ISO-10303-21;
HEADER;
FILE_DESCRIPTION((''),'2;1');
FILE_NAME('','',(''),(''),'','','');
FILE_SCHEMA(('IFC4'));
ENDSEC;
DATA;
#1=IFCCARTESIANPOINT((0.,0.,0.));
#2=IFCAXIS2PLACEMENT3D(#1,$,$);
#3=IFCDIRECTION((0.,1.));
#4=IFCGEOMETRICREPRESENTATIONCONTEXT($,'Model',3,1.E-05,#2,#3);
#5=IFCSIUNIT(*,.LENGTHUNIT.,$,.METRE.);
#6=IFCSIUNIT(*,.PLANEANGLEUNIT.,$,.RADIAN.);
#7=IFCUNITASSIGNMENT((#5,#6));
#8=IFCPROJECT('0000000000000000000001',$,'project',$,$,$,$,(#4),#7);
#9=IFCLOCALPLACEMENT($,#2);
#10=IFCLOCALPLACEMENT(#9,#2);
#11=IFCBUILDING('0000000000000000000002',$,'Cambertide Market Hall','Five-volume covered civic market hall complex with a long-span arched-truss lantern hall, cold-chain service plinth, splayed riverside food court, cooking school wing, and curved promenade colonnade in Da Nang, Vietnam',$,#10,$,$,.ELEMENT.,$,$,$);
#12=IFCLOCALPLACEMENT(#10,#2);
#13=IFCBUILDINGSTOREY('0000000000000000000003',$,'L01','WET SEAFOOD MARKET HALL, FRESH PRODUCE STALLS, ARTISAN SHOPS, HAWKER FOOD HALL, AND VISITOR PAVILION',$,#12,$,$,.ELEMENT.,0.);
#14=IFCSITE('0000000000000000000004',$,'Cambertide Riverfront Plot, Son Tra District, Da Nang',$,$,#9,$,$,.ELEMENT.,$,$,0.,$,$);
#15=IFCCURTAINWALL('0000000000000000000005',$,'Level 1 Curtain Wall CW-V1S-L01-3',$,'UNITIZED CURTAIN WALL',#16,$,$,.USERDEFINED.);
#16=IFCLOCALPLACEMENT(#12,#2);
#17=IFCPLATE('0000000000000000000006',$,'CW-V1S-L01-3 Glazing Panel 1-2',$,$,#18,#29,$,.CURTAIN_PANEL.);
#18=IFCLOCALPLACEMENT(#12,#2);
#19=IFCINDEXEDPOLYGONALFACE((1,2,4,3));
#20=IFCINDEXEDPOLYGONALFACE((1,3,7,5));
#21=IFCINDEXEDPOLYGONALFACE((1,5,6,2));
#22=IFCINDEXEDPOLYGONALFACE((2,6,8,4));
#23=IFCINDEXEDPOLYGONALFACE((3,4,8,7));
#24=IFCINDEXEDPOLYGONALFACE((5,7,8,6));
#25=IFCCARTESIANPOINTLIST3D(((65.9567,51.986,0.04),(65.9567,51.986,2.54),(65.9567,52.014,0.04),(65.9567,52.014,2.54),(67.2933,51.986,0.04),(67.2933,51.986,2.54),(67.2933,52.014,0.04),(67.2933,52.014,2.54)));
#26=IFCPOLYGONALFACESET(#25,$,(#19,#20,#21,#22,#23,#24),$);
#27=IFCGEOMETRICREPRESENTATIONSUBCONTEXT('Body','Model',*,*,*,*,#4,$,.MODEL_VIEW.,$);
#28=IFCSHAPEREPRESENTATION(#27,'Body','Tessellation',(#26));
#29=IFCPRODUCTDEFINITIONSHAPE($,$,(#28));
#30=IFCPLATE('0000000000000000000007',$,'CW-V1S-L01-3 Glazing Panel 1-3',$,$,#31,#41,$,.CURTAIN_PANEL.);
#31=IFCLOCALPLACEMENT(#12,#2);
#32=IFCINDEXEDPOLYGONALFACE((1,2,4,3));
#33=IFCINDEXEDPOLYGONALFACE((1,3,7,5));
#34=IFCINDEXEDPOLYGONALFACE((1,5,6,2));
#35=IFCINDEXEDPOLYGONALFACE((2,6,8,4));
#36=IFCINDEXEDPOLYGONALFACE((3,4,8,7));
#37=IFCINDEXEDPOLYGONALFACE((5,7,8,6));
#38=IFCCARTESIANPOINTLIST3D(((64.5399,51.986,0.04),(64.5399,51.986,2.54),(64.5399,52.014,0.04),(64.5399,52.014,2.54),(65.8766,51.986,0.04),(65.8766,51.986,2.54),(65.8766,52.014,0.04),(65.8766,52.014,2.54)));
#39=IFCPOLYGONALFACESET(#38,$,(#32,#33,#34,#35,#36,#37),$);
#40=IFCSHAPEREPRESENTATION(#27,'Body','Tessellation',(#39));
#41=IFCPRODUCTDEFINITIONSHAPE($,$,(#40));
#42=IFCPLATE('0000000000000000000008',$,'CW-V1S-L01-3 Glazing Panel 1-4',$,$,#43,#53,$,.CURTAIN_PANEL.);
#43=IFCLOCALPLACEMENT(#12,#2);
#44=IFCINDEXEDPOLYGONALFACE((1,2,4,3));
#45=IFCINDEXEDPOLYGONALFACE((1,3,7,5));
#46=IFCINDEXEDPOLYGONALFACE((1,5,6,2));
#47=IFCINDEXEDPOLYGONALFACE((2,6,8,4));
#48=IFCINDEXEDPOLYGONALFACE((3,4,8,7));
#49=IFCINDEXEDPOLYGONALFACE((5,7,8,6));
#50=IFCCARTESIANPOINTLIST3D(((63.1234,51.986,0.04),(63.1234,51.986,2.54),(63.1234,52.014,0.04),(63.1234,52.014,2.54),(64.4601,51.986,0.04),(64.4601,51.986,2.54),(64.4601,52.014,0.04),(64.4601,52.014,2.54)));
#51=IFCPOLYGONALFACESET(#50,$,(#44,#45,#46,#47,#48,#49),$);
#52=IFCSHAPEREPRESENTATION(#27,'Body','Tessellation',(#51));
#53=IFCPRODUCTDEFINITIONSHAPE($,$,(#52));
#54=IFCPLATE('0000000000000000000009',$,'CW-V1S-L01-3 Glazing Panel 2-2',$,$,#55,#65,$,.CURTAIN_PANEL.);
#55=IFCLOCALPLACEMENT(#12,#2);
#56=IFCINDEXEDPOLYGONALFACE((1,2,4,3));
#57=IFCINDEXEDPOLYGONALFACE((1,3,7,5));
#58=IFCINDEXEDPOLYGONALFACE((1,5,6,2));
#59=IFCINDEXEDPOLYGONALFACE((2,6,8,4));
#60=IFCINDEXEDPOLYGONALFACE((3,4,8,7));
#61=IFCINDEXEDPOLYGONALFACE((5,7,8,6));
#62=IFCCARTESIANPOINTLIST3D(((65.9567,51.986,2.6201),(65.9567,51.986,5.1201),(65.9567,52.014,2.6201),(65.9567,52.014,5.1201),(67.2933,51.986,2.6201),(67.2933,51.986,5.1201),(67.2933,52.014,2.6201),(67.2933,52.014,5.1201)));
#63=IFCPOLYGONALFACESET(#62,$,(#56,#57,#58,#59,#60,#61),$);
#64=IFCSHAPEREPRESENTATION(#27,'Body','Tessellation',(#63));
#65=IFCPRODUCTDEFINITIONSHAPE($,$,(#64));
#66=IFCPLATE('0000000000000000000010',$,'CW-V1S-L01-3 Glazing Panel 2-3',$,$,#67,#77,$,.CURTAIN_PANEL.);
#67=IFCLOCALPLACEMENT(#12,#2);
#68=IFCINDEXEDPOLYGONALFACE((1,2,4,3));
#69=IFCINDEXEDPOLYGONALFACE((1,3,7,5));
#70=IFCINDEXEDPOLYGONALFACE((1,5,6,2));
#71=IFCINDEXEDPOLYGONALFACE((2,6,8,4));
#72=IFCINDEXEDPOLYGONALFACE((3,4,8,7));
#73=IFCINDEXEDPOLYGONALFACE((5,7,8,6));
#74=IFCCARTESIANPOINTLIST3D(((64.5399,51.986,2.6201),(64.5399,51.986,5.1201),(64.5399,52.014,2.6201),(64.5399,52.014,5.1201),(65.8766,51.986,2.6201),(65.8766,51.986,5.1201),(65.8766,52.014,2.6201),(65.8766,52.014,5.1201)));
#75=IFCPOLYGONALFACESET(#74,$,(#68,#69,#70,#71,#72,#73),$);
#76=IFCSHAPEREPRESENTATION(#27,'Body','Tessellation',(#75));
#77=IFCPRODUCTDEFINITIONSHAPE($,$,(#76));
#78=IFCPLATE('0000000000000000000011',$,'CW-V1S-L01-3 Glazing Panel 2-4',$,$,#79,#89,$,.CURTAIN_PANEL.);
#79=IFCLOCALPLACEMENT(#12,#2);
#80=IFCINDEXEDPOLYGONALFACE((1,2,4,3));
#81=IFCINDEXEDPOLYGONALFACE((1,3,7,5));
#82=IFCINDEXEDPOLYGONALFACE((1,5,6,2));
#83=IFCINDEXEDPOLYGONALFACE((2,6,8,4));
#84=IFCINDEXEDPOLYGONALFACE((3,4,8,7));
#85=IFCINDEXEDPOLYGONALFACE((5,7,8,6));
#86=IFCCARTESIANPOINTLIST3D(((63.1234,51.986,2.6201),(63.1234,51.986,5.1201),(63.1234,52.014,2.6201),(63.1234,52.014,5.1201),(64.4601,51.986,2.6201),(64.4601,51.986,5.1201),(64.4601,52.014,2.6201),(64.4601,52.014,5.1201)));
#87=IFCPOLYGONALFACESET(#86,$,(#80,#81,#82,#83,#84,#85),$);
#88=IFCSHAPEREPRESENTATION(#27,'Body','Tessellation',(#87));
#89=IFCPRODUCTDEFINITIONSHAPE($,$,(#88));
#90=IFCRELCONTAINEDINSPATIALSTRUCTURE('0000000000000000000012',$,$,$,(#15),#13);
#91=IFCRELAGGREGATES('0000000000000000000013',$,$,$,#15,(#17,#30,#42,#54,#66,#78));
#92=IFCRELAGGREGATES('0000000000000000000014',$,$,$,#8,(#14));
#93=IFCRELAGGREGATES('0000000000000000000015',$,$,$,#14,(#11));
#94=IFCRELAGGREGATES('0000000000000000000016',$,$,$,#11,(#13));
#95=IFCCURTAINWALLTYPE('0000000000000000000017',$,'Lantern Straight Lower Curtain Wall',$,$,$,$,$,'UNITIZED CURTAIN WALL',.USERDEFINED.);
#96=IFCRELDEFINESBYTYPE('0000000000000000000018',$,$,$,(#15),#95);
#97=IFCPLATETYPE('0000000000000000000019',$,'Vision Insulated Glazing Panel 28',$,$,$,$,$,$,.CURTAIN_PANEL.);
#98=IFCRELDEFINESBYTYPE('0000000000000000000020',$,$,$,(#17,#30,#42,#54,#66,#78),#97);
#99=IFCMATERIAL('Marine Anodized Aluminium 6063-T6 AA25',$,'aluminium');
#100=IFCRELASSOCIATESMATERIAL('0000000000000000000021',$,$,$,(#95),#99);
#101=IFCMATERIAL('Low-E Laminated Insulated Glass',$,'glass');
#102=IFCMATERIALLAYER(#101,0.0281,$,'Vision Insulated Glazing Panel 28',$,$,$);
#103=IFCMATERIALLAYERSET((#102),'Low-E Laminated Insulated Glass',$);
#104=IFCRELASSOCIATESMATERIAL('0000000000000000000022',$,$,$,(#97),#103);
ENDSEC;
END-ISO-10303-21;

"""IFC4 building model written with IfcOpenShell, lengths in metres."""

from ifc_helpers import new_model, si_unit, direction, frame, origin, origin_2d, place, context, subcontext, project, spatial, rectangle, extrude, material, layer, layer_set, type_object, element, aggregate, save


model = new_model("IFC4")

# Units and contexts
model_context = context("Model", 3, precision=1e-05, world=origin(), true_north=direction((0.0, 1.0)))
body_context = subcontext(model_context, "Body", "Model", "MODEL_VIEW")
ifc_project = project(units=[si_unit("LENGTHUNIT", "METRE"), si_unit("PLANEANGLEUNIT", "RADIAN")], contexts=[model_context])

# Site, building, storey
site_placement = place(None, origin())
site = spatial("IfcSite", under=ifc_project, at=site_placement, Name="Cambertide Riverfront Plot, Son Tra District, Da Nang", CompositionType="ELEMENT", RefElevation=0.0)
building_placement = place(site_placement, origin())
building = spatial("IfcBuilding", under=site, at=building_placement, Name="Cambertide Market Hall", Description="Five-volume covered civic market hall complex with a long-span arched-truss lantern hall, cold-chain service plinth, splayed riverside food court, cooking school wing, and curved promenade colonnade in Da Nang, Vietnam", CompositionType="ELEMENT")
storey_placement = place(building_placement, origin())
storey = spatial("IfcBuildingStorey", under=building, at=storey_placement, Name="L01", Description="WET SEAFOOD MARKET HALL, FRESH PRODUCE STALLS, ARTISAN SHOPS, HAWKER FOOD HALL, AND VISITOR PAVILION", CompositionType="ELEMENT", Elevation=0.0)

# Curtain wall
ifc_material_1 = material(Name="Marine Anodized Aluminium 6063-T6 AA25", Category="aluminium")
curtain_wall_type = type_object("IfcCurtainWallType", Name="Lantern Straight Lower Curtain Wall", ElementType="UNITIZED CURTAIN WALL", PredefinedType="USERDEFINED", material=ifc_material_1)
curtain_wall_placement = place(storey_placement, origin())
curtain_wall = element("IfcCurtainWall", 1, at=curtain_wall_placement, inside=storey, type_object=curtain_wall_type, Name="Level 1 Curtain Wall CW-V1S-L01-3", ObjectType="UNITIZED CURTAIN WALL", PredefinedType="USERDEFINED")

# Plates
ifc_material_2 = material(Name="Low-E Laminated Insulated Glass", Category="glass")
ifc_layer_1 = layer(ifc_material_2, 0.0281, Name="Vision Insulated Glazing Panel 28")
ifc_layer_set_1 = layer_set([ifc_layer_1], Name="Low-E Laminated Insulated Glass")
plate_type = type_object("IfcPlateType", Name="Vision Insulated Glazing Panel 28", PredefinedType="CURTAIN_PANEL", material=ifc_layer_set_1)
plate_1_placement = place(storey_placement, frame((66.625, 52.0, 0.04), z_axis=(0.0, 0.0, 1.0), x_axis=(-1.0, 0.0, 0.0)))
plate_1 = element("IfcPlate", 2, at=plate_1_placement, type_object=plate_type, Name="CW-V1S-L01-3 Glazing Panel 1-2", PredefinedType="CURTAIN_PANEL", context=body_context, shape_type="SweptSolid", body=[
    extrude(rectangle(XDim=1.3367, YDim=0.0281, at=origin_2d()), origin(), (0.0, 0.0, 1.0), 2.5),
])
plate_2_placement = place(storey_placement, frame((65.2083, 52.0, 0.04), z_axis=(0.0, 0.0, 1.0), x_axis=(-1.0, 0.0, 0.0)))
plate_2 = element("IfcPlate", 3, at=plate_2_placement, type_object=plate_type, Name="CW-V1S-L01-3 Glazing Panel 1-3", PredefinedType="CURTAIN_PANEL", context=body_context, shape_type="SweptSolid", body=[
    extrude(rectangle(XDim=1.3367, YDim=0.0281, at=origin_2d()), origin(), (0.0, 0.0, 1.0), 2.5),
])
plate_3_placement = place(storey_placement, frame((63.7917, 52.0, 0.04), z_axis=(0.0, 0.0, 1.0), x_axis=(-1.0, 0.0, 0.0)))
plate_3 = element("IfcPlate", 4, at=plate_3_placement, type_object=plate_type, Name="CW-V1S-L01-3 Glazing Panel 1-4", PredefinedType="CURTAIN_PANEL", context=body_context, shape_type="SweptSolid", body=[
    extrude(rectangle(XDim=1.3367, YDim=0.0281, at=origin_2d()), origin(), (0.0, 0.0, 1.0), 2.5),
])
plate_4_placement = place(storey_placement, frame((66.625, 52.0, 2.6201), z_axis=(0.0, 0.0, 1.0), x_axis=(-1.0, 0.0, 0.0)))
plate_4 = element("IfcPlate", 5, at=plate_4_placement, type_object=plate_type, Name="CW-V1S-L01-3 Glazing Panel 2-2", PredefinedType="CURTAIN_PANEL", context=body_context, shape_type="SweptSolid", body=[
    extrude(rectangle(XDim=1.3367, YDim=0.0281, at=origin_2d()), origin(), (0.0, 0.0, 1.0), 2.5),
])
plate_5_placement = place(storey_placement, frame((65.2083, 52.0, 2.6201), z_axis=(0.0, 0.0, 1.0), x_axis=(-1.0, 0.0, 0.0)))
plate_5 = element("IfcPlate", 6, at=plate_5_placement, type_object=plate_type, Name="CW-V1S-L01-3 Glazing Panel 2-3", PredefinedType="CURTAIN_PANEL", context=body_context, shape_type="SweptSolid", body=[
    extrude(rectangle(XDim=1.3367, YDim=0.0281, at=origin_2d()), origin(), (0.0, 0.0, 1.0), 2.5),
])
plate_6_placement = place(storey_placement, frame((63.7917, 52.0, 2.6201), z_axis=(0.0, 0.0, 1.0), x_axis=(-1.0, 0.0, 0.0)))
plate_6 = element("IfcPlate", 7, at=plate_6_placement, type_object=plate_type, Name="CW-V1S-L01-3 Glazing Panel 2-4", PredefinedType="CURTAIN_PANEL", context=body_context, shape_type="SweptSolid", body=[
    extrude(rectangle(XDim=1.3367, YDim=0.0281, at=origin_2d()), origin(), (0.0, 0.0, 1.0), 2.5),
])
aggregate(curtain_wall, [plate_1, plate_2, plate_3, plate_4, plate_5, plate_6])

save(model, "model.ifc")
